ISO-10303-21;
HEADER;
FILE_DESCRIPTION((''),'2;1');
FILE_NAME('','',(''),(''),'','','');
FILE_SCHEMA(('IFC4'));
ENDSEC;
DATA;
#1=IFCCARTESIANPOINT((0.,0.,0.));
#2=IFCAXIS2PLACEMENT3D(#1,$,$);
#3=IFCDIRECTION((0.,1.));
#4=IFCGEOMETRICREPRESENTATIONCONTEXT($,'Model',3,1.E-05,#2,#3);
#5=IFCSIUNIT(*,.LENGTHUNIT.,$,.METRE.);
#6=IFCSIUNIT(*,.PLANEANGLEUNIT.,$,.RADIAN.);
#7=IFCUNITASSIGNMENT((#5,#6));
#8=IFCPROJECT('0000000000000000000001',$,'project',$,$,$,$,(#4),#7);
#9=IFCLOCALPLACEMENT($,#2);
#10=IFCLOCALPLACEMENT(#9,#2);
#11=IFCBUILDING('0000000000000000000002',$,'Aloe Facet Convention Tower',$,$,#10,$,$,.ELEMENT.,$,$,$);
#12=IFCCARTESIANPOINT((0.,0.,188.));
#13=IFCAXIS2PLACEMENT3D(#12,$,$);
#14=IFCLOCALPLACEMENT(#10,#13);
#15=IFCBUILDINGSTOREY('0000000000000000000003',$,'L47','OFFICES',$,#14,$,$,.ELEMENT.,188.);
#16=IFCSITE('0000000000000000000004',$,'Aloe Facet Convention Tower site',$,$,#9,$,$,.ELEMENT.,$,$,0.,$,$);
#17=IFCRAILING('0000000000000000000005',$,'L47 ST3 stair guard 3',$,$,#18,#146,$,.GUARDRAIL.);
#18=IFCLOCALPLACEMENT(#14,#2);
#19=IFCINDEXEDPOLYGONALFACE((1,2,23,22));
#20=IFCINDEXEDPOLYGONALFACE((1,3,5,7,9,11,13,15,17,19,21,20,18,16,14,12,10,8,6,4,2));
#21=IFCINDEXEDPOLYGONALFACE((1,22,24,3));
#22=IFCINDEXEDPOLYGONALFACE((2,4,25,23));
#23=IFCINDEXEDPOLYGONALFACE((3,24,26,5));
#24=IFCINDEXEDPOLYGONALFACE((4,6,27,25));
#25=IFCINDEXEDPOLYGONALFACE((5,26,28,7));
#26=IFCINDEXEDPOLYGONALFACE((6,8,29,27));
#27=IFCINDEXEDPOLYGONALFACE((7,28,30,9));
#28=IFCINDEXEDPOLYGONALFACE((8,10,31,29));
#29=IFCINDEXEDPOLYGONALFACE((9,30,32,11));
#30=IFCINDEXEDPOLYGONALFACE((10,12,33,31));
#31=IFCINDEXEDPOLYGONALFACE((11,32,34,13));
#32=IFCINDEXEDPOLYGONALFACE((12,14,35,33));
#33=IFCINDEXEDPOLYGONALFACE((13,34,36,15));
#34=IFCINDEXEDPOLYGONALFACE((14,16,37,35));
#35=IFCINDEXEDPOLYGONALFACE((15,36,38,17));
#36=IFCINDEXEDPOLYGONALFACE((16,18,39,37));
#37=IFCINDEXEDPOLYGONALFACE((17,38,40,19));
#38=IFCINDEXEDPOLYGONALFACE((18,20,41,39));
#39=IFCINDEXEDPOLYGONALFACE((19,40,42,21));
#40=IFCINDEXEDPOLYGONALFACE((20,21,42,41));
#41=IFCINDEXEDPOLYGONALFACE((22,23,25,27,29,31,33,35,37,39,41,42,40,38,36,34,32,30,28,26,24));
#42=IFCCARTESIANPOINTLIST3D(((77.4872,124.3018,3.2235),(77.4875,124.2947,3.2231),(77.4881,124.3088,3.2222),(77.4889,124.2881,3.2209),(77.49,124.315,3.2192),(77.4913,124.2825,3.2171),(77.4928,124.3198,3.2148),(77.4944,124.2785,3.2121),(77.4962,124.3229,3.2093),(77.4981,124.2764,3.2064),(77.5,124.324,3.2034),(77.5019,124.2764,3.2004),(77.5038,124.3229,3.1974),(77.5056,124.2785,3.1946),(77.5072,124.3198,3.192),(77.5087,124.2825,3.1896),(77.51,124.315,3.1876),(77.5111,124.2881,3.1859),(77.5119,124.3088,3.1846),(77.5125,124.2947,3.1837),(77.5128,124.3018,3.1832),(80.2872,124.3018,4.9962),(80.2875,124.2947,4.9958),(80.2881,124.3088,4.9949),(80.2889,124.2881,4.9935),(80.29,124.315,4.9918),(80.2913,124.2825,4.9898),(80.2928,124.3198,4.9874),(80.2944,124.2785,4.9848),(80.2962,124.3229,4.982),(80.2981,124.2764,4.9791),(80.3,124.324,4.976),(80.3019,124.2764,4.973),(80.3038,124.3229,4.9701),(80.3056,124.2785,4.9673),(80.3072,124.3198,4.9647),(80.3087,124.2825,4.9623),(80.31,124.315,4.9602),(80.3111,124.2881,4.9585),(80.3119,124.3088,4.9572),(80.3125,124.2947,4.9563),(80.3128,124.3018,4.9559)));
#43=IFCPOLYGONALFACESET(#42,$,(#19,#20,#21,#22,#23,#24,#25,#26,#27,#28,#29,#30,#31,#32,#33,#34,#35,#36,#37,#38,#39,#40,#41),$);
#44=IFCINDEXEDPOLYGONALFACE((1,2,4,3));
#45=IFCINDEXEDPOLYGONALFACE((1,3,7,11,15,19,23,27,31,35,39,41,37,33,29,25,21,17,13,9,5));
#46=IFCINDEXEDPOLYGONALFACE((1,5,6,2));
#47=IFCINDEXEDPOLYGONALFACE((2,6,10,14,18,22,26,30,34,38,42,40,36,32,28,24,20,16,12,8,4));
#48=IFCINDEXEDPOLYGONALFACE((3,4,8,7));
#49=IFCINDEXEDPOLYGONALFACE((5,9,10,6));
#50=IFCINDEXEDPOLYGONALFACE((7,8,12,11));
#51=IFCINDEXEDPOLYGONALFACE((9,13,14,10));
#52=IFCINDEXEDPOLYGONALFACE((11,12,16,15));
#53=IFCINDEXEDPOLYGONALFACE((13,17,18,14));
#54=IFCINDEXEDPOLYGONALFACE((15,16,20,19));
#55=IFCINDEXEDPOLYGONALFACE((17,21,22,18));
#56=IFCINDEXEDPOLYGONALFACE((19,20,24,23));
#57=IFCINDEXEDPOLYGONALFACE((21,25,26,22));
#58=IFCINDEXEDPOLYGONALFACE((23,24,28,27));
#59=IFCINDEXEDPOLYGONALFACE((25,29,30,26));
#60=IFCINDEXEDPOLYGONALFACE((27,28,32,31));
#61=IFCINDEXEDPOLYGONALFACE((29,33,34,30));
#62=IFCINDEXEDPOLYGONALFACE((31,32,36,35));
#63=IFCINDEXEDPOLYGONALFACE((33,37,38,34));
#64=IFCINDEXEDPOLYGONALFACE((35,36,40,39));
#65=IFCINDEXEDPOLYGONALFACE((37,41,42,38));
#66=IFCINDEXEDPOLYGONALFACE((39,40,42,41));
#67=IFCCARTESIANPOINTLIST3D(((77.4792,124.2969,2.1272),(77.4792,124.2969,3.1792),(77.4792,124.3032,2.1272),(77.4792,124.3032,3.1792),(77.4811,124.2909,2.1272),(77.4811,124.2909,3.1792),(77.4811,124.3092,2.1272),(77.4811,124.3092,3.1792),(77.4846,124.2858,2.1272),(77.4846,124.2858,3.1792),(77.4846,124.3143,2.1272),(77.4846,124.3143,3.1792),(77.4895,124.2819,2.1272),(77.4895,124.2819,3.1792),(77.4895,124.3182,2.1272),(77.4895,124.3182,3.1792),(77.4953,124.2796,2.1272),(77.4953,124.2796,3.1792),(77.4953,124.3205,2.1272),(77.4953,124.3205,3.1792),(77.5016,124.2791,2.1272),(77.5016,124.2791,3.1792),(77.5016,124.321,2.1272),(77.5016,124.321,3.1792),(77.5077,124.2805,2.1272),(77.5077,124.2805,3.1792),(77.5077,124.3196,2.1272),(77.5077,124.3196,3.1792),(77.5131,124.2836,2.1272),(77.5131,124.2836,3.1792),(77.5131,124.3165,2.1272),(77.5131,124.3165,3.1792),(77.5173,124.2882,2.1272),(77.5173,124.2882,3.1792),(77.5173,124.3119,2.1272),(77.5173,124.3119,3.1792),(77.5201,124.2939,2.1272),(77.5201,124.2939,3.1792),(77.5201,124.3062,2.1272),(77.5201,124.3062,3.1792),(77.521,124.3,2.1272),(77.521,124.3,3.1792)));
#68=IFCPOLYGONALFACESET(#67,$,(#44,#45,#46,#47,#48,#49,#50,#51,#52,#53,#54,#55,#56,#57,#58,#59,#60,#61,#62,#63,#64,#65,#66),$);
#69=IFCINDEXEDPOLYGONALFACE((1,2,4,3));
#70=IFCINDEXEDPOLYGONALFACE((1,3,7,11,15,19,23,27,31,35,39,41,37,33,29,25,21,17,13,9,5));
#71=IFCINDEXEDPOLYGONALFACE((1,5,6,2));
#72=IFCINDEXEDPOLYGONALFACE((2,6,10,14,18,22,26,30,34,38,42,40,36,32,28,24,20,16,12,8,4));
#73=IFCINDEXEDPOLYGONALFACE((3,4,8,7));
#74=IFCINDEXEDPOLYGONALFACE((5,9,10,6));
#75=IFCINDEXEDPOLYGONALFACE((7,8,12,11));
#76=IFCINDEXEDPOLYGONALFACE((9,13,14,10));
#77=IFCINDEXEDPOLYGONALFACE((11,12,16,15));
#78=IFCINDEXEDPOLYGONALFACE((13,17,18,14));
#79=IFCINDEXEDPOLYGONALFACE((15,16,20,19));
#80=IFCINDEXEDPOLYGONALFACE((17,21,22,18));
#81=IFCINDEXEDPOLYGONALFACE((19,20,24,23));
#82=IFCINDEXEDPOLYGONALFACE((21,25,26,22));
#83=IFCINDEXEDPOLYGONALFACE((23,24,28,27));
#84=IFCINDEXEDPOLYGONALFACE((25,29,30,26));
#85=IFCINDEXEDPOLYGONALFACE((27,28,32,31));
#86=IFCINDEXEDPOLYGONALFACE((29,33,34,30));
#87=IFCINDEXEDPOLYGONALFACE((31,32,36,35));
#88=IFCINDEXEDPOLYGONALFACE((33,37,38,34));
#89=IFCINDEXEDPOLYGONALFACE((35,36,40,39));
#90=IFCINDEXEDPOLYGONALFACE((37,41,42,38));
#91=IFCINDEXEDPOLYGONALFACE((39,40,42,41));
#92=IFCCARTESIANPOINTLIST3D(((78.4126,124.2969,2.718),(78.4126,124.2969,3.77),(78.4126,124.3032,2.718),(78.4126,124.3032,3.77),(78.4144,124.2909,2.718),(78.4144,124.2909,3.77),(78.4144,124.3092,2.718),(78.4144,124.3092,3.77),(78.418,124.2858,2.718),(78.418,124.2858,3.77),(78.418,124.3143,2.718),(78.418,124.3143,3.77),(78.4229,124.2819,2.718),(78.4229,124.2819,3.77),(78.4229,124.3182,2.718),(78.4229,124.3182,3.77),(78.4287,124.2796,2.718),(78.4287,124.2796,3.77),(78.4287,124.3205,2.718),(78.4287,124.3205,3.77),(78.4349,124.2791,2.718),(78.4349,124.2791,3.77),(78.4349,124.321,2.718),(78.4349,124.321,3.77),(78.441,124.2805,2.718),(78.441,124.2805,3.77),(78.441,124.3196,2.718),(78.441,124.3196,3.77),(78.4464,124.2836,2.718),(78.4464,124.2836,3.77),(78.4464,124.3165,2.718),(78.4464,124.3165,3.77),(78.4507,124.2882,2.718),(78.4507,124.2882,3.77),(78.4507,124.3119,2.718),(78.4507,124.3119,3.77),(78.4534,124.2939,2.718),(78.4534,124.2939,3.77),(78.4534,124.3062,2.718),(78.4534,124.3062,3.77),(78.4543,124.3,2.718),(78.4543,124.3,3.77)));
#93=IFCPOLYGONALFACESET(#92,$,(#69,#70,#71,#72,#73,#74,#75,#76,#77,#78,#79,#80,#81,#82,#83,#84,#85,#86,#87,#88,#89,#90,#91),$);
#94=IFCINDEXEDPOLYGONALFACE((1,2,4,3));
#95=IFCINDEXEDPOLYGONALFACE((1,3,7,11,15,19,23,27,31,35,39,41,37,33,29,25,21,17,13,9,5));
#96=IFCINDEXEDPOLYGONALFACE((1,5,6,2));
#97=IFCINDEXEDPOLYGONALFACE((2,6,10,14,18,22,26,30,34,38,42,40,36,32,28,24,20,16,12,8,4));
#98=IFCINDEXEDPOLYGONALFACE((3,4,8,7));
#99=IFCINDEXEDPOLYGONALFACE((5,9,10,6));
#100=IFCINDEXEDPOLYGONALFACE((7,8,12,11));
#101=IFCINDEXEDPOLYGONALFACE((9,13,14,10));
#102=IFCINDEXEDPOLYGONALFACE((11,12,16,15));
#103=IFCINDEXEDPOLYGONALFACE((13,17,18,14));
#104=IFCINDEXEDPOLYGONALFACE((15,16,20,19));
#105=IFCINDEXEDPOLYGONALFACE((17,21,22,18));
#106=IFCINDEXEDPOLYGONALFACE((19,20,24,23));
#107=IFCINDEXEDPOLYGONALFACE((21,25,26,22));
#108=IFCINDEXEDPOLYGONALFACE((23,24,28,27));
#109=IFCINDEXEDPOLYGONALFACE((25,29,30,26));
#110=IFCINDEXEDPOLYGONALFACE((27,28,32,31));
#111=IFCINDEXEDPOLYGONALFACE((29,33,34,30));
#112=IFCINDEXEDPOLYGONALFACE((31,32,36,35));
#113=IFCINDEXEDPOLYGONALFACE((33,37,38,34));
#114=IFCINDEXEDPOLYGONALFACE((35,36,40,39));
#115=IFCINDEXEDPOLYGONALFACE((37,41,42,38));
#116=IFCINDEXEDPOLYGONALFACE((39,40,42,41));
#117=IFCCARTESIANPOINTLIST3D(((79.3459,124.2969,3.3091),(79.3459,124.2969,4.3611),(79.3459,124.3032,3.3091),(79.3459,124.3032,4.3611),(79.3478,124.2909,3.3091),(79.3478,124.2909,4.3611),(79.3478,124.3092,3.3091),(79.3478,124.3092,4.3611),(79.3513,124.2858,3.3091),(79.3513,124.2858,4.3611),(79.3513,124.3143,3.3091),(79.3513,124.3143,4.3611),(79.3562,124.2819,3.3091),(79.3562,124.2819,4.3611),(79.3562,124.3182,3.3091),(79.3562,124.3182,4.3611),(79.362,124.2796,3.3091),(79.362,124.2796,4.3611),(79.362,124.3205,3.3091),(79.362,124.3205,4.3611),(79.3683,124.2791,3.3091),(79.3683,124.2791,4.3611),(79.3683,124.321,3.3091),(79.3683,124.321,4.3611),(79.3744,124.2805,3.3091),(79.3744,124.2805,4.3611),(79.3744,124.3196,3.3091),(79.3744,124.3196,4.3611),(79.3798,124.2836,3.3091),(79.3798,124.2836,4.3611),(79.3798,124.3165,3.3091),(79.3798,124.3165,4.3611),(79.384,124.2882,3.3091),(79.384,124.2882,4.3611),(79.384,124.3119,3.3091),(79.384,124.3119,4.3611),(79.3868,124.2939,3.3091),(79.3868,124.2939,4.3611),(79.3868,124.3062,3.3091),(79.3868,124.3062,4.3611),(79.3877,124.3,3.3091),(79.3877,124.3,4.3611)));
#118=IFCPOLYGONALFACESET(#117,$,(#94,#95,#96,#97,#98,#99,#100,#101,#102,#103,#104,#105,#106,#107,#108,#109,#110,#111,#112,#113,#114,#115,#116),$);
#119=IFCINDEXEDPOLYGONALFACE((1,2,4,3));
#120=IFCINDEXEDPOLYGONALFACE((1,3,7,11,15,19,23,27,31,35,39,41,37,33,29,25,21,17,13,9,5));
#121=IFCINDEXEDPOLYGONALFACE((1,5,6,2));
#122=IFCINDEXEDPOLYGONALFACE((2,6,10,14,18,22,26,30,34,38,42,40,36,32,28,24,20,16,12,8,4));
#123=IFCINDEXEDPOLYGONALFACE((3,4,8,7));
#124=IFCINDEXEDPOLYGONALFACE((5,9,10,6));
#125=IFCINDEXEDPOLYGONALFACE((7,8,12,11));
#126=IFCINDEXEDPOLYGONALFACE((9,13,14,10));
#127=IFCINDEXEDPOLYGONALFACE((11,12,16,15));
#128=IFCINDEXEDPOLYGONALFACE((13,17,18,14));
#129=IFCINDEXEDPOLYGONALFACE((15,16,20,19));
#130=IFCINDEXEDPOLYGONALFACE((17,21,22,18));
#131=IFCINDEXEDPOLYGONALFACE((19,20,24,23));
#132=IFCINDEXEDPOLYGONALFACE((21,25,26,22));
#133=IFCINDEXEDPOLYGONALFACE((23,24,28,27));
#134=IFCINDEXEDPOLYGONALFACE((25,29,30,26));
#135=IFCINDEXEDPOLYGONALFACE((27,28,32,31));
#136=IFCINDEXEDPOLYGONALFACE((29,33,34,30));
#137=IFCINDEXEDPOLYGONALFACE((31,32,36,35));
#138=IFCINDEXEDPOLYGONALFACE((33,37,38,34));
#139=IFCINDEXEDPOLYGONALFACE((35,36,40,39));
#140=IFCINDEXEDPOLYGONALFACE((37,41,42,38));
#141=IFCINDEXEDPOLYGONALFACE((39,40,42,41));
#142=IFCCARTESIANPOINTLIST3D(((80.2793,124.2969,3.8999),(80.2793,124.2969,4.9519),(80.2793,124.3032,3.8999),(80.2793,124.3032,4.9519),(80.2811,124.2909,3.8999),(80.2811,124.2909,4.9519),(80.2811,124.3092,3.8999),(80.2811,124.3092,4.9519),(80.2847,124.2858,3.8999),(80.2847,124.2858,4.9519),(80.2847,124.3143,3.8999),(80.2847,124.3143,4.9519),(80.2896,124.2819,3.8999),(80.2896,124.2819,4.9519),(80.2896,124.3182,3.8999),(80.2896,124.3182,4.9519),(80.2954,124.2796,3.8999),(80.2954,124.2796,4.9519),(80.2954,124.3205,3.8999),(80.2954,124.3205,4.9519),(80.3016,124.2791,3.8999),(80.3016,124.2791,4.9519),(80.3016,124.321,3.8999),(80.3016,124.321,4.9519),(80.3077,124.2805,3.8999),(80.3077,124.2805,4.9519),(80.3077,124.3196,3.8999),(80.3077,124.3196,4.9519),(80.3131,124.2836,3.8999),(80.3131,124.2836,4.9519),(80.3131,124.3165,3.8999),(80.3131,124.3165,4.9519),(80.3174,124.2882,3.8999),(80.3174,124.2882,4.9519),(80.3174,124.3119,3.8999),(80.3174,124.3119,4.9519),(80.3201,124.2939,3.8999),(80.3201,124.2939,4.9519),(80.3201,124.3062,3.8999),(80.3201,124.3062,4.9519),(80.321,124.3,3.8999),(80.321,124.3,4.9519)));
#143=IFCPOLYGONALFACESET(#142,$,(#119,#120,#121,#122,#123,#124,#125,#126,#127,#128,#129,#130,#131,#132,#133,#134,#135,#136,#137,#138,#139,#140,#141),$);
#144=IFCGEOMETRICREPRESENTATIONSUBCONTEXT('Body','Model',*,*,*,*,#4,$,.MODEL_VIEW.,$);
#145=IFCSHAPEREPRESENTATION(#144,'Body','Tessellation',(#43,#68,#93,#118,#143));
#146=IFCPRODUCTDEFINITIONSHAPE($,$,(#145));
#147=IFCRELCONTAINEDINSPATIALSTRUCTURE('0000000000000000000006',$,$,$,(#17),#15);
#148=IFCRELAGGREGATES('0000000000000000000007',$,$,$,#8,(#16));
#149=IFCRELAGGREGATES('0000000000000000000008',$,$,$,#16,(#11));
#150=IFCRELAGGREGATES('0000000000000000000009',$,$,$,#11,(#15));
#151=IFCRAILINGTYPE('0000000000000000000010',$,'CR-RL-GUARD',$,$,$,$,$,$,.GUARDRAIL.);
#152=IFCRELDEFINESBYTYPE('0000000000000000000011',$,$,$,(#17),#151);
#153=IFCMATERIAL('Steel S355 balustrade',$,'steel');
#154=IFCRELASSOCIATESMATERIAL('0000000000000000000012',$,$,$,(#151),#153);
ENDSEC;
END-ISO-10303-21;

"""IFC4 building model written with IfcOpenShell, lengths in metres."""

from ifc_helpers import new_model, si_unit, direction, frame, origin, origin_2d, place, context, subcontext, project, spatial, circle, extrude, material, type_object, element, save


model = new_model("IFC4")

# Units and contexts
model_context = context("Model", 3, precision=1e-05, world=origin(), true_north=direction((0.0, 1.0)))
body_context = subcontext(model_context, "Body", "Model", "MODEL_VIEW")
ifc_project = project(units=[si_unit("LENGTHUNIT", "METRE"), si_unit("PLANEANGLEUNIT", "RADIAN")], contexts=[model_context])

# Site, building, storey
site_placement = place(None, origin())
site = spatial("IfcSite", under=ifc_project, at=site_placement, Name="Aloe Facet Convention Tower site", CompositionType="ELEMENT", RefElevation=0.0)
building_placement = place(site_placement, origin())
building = spatial("IfcBuilding", under=site, at=building_placement, Name="Aloe Facet Convention Tower", CompositionType="ELEMENT")
storey_placement = place(building_placement, frame((0.0, 0.0, 188.0)))
storey = spatial("IfcBuildingStorey", under=building, at=storey_placement, Name="L47", Description="OFFICES", CompositionType="ELEMENT", Elevation=188.0)

# Railing
ifc_material_1 = material(Name="Steel S355 balustrade", Category="steel")
railing_type_1 = type_object("IfcRailingType", Name="CR-RL-GUARD", PredefinedType="GUARDRAIL", material=ifc_material_1)
railing_1_placement = place(storey_placement, frame((77.5, 124.3, 2.1272)))
element("IfcRailing", 1, at=railing_1_placement, inside=storey, type_object=railing_type_1, Name="L47 ST3 stair guard 3", PredefinedType="GUARDRAIL", context=body_context, shape_type="SweptSolid", body=[
    extrude(circle(Radius=0.0239, at=origin_2d()), frame((0.0, 0.0, 1.0762), z_axis=(0.844909, 0.0, 0.53491), x_axis=(0.0, 1.0, 0.0)), (0.0, 0.0, 1.0), 3.314),
    extrude(circle(Radius=0.021, at=origin_2d()), origin(), (0.0, 0.0, 1.0), 1.052),
    extrude(circle(Radius=0.021, at=origin_2d()), frame((0.9333, 0.0, 0.5908)), (0.0, 0.0, 1.0), 1.052),
    extrude(circle(Radius=0.021, at=origin_2d()), frame((1.8667, 0.0, 1.1819)), (0.0, 0.0, 1.0), 1.052),
    extrude(circle(Radius=0.021, at=origin_2d()), frame((2.8, 0.0, 1.7727)), (0.0, 0.0, 1.0), 1.052),
])

save(model, "model.ifc")
